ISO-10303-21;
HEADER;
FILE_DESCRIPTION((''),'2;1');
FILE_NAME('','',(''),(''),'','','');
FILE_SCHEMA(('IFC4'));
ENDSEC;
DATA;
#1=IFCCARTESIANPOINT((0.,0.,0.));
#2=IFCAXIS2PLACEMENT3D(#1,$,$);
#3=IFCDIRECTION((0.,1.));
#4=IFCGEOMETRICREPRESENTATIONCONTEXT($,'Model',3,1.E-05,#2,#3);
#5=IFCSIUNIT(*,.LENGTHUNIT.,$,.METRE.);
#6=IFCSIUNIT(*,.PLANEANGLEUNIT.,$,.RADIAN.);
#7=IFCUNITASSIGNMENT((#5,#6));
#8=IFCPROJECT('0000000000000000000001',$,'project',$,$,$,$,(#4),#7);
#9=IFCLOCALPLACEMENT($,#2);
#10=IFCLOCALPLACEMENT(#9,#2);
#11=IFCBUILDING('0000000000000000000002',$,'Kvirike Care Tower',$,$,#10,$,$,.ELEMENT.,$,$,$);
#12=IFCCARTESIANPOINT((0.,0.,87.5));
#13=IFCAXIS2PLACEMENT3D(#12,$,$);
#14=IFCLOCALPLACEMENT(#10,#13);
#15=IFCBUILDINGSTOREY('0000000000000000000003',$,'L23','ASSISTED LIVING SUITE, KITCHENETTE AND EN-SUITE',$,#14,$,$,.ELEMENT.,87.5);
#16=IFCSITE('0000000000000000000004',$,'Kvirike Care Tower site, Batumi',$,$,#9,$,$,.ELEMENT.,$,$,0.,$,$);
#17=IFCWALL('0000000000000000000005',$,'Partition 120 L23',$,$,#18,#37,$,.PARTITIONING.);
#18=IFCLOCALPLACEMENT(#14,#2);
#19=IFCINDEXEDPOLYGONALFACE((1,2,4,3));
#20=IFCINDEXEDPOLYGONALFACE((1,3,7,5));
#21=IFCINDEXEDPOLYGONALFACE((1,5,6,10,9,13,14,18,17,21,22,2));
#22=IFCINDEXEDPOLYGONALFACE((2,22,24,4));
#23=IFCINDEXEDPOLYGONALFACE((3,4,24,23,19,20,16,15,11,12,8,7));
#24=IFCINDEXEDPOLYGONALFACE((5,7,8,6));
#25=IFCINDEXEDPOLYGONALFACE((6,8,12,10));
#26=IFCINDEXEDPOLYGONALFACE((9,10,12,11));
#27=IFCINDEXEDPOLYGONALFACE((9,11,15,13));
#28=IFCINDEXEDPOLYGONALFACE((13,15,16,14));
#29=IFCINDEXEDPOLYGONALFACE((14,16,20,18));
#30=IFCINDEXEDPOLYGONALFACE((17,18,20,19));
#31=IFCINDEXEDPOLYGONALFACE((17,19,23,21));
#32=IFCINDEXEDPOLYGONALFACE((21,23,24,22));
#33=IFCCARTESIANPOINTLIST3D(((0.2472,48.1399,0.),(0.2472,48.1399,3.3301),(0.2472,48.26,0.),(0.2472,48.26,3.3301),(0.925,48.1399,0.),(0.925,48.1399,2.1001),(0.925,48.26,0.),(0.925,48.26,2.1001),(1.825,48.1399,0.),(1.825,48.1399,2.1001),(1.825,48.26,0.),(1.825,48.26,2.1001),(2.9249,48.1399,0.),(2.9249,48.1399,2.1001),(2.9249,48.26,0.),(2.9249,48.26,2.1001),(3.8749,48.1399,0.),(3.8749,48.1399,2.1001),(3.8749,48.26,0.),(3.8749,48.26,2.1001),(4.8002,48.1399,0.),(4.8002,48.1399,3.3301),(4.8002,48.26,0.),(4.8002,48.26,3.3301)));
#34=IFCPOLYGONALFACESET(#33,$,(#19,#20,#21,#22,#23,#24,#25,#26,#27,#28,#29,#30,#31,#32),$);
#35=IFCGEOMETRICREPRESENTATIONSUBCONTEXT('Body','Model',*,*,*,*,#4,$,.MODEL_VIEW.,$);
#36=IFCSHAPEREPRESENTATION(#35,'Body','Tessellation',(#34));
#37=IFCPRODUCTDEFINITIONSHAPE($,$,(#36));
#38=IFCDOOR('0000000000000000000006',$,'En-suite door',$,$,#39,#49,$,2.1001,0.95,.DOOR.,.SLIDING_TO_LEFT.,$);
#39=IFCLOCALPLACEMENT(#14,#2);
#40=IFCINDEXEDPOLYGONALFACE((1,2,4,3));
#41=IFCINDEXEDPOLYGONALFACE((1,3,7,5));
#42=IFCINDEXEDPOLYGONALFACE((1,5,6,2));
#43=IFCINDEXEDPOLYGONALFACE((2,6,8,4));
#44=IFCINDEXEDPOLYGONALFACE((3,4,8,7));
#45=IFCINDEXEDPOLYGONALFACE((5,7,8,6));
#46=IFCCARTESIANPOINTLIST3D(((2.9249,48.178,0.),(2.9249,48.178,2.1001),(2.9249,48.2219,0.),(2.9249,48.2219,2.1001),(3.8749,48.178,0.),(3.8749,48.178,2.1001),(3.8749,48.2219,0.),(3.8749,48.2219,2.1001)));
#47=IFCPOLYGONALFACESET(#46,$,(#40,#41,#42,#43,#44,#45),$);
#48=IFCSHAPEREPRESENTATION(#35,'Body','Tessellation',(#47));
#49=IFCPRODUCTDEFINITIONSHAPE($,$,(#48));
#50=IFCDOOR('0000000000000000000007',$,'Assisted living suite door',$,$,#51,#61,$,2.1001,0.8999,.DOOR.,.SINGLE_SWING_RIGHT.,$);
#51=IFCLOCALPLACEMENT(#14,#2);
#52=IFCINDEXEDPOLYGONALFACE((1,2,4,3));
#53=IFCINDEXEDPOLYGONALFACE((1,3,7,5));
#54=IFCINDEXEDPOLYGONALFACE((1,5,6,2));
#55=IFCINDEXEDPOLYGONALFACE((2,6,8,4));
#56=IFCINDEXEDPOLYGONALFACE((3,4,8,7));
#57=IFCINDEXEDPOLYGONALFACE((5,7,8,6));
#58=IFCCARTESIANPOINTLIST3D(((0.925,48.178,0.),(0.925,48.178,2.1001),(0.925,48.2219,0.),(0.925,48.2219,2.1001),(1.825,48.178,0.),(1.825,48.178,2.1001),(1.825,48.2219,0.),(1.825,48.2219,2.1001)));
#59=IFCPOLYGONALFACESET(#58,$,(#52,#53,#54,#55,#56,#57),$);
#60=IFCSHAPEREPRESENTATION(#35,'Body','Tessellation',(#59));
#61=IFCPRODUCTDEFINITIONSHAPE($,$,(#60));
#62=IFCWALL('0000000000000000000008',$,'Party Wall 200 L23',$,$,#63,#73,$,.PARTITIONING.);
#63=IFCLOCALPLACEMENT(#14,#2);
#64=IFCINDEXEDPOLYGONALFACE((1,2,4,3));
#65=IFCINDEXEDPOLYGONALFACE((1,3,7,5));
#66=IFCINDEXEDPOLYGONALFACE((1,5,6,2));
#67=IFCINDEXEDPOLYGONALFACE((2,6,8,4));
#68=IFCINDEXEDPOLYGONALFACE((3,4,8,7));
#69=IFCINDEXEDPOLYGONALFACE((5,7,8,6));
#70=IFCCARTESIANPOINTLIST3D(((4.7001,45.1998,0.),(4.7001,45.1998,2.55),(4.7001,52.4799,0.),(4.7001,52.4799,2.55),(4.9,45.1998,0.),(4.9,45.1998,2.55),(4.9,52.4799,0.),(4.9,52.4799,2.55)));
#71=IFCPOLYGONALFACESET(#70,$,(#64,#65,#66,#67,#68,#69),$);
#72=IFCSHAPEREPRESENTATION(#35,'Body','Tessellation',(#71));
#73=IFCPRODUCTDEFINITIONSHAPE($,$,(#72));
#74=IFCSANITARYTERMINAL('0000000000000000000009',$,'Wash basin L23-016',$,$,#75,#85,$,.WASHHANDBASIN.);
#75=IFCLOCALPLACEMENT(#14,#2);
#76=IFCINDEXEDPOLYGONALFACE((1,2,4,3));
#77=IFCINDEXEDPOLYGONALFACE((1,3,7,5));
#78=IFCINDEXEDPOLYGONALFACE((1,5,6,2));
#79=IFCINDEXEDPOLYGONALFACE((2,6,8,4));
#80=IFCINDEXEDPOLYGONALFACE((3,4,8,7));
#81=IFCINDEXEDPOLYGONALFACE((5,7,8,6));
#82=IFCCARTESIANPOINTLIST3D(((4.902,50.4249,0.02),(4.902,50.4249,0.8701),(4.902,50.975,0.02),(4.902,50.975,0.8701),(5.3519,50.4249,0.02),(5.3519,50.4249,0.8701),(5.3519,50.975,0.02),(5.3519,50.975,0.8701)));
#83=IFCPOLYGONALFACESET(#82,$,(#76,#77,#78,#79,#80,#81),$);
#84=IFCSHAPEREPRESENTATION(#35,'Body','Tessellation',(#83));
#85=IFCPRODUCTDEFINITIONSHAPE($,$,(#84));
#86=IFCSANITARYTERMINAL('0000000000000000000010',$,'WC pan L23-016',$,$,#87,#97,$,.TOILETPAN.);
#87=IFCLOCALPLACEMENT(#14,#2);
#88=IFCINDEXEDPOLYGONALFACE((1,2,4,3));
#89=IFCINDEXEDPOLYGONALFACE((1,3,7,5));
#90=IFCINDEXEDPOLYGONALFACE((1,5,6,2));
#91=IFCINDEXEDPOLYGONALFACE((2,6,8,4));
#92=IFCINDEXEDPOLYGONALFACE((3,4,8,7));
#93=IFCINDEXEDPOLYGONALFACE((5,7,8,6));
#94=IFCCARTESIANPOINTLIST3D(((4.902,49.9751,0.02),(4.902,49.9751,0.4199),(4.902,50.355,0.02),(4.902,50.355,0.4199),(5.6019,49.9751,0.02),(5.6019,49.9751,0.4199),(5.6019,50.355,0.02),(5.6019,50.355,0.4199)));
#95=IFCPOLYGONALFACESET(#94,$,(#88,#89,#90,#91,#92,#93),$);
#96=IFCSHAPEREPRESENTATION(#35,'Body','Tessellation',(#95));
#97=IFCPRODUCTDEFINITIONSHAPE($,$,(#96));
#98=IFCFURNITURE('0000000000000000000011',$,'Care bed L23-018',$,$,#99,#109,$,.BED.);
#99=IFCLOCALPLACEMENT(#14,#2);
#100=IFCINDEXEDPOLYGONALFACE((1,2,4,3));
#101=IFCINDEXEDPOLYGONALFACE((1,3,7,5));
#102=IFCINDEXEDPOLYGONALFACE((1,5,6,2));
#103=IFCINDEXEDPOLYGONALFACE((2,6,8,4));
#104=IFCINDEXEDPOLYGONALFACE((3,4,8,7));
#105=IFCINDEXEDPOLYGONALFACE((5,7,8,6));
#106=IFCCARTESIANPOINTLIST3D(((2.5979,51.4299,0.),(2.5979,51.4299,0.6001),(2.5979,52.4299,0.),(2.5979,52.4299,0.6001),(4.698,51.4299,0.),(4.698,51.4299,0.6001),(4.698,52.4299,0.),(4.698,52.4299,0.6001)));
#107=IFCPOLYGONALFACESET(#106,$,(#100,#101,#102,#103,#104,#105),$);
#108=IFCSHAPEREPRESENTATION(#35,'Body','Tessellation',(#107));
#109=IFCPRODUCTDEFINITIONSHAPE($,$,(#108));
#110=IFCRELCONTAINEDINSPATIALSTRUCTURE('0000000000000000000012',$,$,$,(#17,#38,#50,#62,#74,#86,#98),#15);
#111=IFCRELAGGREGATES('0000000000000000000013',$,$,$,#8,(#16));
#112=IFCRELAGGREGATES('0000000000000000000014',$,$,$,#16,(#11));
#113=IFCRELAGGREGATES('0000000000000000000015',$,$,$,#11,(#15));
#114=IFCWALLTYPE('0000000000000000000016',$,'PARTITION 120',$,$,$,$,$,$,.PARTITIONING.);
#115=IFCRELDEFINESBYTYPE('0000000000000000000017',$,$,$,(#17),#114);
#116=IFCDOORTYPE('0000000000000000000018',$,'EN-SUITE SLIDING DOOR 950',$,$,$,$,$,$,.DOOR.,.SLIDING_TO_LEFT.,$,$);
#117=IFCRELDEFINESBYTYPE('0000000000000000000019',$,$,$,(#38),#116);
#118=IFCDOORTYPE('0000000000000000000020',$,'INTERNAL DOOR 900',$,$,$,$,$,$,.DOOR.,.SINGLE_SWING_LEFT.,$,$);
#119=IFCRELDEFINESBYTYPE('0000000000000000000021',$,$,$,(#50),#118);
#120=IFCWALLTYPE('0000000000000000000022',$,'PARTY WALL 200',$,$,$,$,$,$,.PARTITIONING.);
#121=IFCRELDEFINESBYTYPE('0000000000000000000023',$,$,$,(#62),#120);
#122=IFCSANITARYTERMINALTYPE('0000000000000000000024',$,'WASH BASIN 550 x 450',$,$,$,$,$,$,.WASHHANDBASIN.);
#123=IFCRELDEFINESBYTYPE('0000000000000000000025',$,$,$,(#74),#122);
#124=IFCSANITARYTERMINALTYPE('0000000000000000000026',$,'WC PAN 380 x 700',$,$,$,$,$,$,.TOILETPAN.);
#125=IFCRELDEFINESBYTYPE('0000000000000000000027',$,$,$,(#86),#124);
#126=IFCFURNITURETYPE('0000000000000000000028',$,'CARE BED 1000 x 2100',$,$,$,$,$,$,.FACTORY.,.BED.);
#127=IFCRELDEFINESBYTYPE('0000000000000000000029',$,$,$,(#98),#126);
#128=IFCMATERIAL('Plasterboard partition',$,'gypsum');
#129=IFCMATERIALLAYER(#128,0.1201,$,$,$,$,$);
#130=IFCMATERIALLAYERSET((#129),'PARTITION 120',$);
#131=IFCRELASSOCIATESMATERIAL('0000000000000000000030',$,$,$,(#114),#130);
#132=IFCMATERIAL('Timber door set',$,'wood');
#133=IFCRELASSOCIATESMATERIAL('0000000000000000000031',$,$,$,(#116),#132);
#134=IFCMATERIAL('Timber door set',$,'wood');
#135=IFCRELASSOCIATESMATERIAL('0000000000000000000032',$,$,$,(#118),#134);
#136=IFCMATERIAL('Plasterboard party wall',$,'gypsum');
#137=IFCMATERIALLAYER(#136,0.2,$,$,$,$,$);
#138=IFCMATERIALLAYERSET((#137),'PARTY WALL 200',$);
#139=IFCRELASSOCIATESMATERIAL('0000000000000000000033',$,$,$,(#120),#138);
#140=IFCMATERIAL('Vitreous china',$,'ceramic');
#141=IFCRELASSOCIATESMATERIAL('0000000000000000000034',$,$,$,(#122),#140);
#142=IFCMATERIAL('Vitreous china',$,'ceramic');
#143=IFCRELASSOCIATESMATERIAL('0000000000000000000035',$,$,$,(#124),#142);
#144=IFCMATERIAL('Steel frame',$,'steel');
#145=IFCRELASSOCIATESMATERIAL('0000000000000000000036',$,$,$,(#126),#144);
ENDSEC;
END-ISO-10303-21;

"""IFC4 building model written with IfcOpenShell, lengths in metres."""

from ifc_helpers import new_model, si_unit, direction, frame, frame_2d, origin, origin_2d, place, context, subcontext, project, spatial, rectangle, extrude, material, layer, layer_set, type_object, element, fill, save


model = new_model("IFC4")

# Units and contexts
model_context = context("Model", 3, precision=1e-05, world=origin(), true_north=direction((0.0, 1.0)))
body_context = subcontext(model_context, "Body", "Model", "MODEL_VIEW")
ifc_project = project(units=[si_unit("LENGTHUNIT", "METRE"), si_unit("PLANEANGLEUNIT", "RADIAN")], contexts=[model_context])

# Site, building, storey
site_placement = place(None, origin())
site = spatial("IfcSite", under=ifc_project, at=site_placement, Name="Kvirike Care Tower site, Batumi", CompositionType="ELEMENT", RefElevation=0.0)
building_placement = place(site_placement, origin())
building = spatial("IfcBuilding", under=site, at=building_placement, Name="Kvirike Care Tower", CompositionType="ELEMENT")
storey_placement = place(building_placement, frame((0.0, 0.0, 87.5)))
storey = spatial("IfcBuildingStorey", under=building, at=storey_placement, Name="L23", Description="ASSISTED LIVING SUITE, KITCHENETTE AND EN-SUITE", CompositionType="ELEMENT", Elevation=87.5)

# Wall, openings, doors
ifc_material_1 = material(Name="Plasterboard partition", Category="gypsum")
ifc_layer_1 = layer(ifc_material_1, 0.1201)
ifc_layer_set_1 = layer_set([ifc_layer_1], Name="PARTITION 120")
wall_type_1 = type_object("IfcWallType", Name="PARTITION 120", PredefinedType="PARTITIONING", material=ifc_layer_set_1)
wall_1_placement = place(storey_placement, frame((4.8, 48.2, 0.0), z_axis=(0.0, 0.0, 1.0), x_axis=(-1.0, 0.0, 0.0)))
wall_1 = element("IfcWall", 1, at=wall_1_placement, inside=storey, type_object=wall_type_1, Name="Partition 120 L23", PredefinedType="PARTITIONING", context=body_context, shape_type="SweptSolid", body=[
    extrude(rectangle(XDim=4.553, YDim=0.1201, at=frame_2d((2.2764, 0.0))), origin(), (0.0, 0.0, 1.0), 3.3301),
])
opening_1_placement = place(wall_1_placement, frame((2.9751, 0.0, 0.0)))
opening_1 = element("IfcOpeningElement", 2, at=opening_1_placement, cuts=wall_1, PredefinedType="OPENING", context=body_context, shape_type="SweptSolid", body=[
    extrude(rectangle(XDim=0.8999, YDim=2.1001, at=frame_2d((0.45, 1.05))), frame((0.0, 0.0706, 0.0), z_axis=(0.0, -1.0, 0.0), x_axis=(1.0, 0.0, 0.0)), (0.0, 0.0, 1.0), 0.1411),
])
opening_2_placement = place(wall_1_placement, frame((0.925, 0.0, 0.0)))
opening_2 = element("IfcOpeningElement", 3, at=opening_2_placement, cuts=wall_1, PredefinedType="OPENING", context=body_context, shape_type="SweptSolid", body=[
    extrude(rectangle(XDim=0.95, YDim=2.1001, at=frame_2d((0.4751, 1.05))), frame((0.0, 0.0706, 0.0), z_axis=(0.0, -1.0, 0.0), x_axis=(1.0, 0.0, 0.0)), (0.0, 0.0, 1.0), 0.1411),
])
ifc_material_2 = material(Name="Timber door set", Category="wood")
door_type_1 = type_object("IfcDoorType", Name="EN-SUITE SLIDING DOOR 950", OperationType="SLIDING_TO_LEFT", PredefinedType="DOOR", material=ifc_material_2)
door_1_placement = place(opening_2_placement, origin())
door_1 = element("IfcDoor", 4, at=door_1_placement, inside=storey, type_object=door_type_1, Name="En-suite door", OperationType="SLIDING_TO_LEFT", OverallHeight=2.1001, OverallWidth=0.95, PredefinedType="DOOR", context=body_context, shape_type="SweptSolid", body=[
    extrude(rectangle(XDim=0.95, YDim=2.1001, at=frame_2d((0.4751, 1.05))), frame((0.0, 0.022, 0.0), z_axis=(0.0, -1.0, 0.0), x_axis=(1.0, 0.0, 0.0)), (0.0, 0.0, 1.0), 0.0439),
])
fill(opening_2, door_1)
ifc_material_3 = material(Name="Timber door set", Category="wood")
door_type_2 = type_object("IfcDoorType", Name="INTERNAL DOOR 900", OperationType="SINGLE_SWING_LEFT", PredefinedType="DOOR", material=ifc_material_3)
door_2_placement = place(opening_1_placement, origin())
door_2 = element("IfcDoor", 5, at=door_2_placement, inside=storey, type_object=door_type_2, Name="Assisted living suite door", OperationType="SINGLE_SWING_RIGHT", OverallHeight=2.1001, OverallWidth=0.8999, PredefinedType="DOOR", context=body_context, shape_type="SweptSolid", body=[
    extrude(rectangle(XDim=0.8999, YDim=2.1001, at=frame_2d((0.45, 1.05))), frame((0.0, 0.022, 0.0), z_axis=(0.0, -1.0, 0.0), x_axis=(1.0, 0.0, 0.0)), (0.0, 0.0, 1.0), 0.0439),
])
fill(opening_1, door_2)

# Wall
ifc_material_4 = material(Name="Plasterboard party wall", Category="gypsum")
ifc_layer_2 = layer(ifc_material_4, 0.2)
ifc_layer_set_2 = layer_set([ifc_layer_2], Name="PARTY WALL 200")
wall_type_2 = type_object("IfcWallType", Name="PARTY WALL 200", PredefinedType="PARTITIONING", material=ifc_layer_set_2)
wall_2_placement = place(storey_placement, frame((4.8, 52.48, 0.0), z_axis=(0.0, 0.0, 1.0), x_axis=(0.0, -1.0, 0.0)))
element("IfcWall", 6, at=wall_2_placement, inside=storey, type_object=wall_type_2, Name="Party Wall 200 L23", PredefinedType="PARTITIONING", context=body_context, shape_type="SweptSolid", body=[
    extrude(rectangle(XDim=7.28, YDim=0.2, at=frame_2d((3.6401, 0.0))), origin(), (0.0, 0.0, 1.0), 2.55),
])

# Sanitary terminals
ifc_material_5 = material(Name="Vitreous china", Category="ceramic")
sanitary_terminal_type_1 = type_object("IfcSanitaryTerminalType", Name="WASH BASIN 550 x 450", PredefinedType="WASHHANDBASIN", material=ifc_material_5)
sanitary_terminal_1_placement = place(storey_placement, frame((5.127, 50.7, 0.02), z_axis=(0.0, 0.0, 1.0), x_axis=(0.0, 1.0, 0.0)))
element("IfcSanitaryTerminal", 7, at=sanitary_terminal_1_placement, inside=storey, type_object=sanitary_terminal_type_1, Name="Wash basin L23-016", PredefinedType="WASHHANDBASIN", context=body_context, shape_type="SweptSolid", body=[
    extrude(rectangle(XDim=0.55, YDim=0.45, at=origin_2d()), origin(), (0.0, 0.0, 1.0), 0.8501),
])
ifc_material_6 = material(Name="Vitreous china", Category="ceramic")
sanitary_terminal_type_2 = type_object("IfcSanitaryTerminalType", Name="WC PAN 380 x 700", PredefinedType="TOILETPAN", material=ifc_material_6)
sanitary_terminal_2_placement = place(storey_placement, frame((5.252, 50.165, 0.02), z_axis=(0.0, 0.0, 1.0), x_axis=(0.0, 1.0, 0.0)))
element("IfcSanitaryTerminal", 8, at=sanitary_terminal_2_placement, inside=storey, type_object=sanitary_terminal_type_2, Name="WC pan L23-016", PredefinedType="TOILETPAN", context=body_context, shape_type="SweptSolid", body=[
    extrude(rectangle(XDim=0.3799, YDim=0.7, at=origin_2d()), origin(), (0.0, 0.0, 1.0), 0.3999),
])

# Furniture
ifc_material_7 = material(Name="Steel frame", Category="steel")
furniture_type = type_object("IfcFurnitureType", Name="CARE BED 1000 x 2100", AssemblyPlace="FACTORY", PredefinedType="BED", material=ifc_material_7)
furniture_placement = place(storey_placement, frame((3.6479, 51.9299, 0.0), z_axis=(0.0, 0.0, 1.0), x_axis=(0.0, -1.0, 0.0)))
element("IfcFurniture", 9, at=furniture_placement, inside=storey, type_object=furniture_type, Name="Care bed L23-018", PredefinedType="BED", context=body_context, shape_type="SweptSolid", body=[
    extrude(rectangle(XDim=1.0, YDim=2.1001, at=origin_2d()), origin(), (0.0, 0.0, 1.0), 0.6001),
])

save(model, "model.ifc")
